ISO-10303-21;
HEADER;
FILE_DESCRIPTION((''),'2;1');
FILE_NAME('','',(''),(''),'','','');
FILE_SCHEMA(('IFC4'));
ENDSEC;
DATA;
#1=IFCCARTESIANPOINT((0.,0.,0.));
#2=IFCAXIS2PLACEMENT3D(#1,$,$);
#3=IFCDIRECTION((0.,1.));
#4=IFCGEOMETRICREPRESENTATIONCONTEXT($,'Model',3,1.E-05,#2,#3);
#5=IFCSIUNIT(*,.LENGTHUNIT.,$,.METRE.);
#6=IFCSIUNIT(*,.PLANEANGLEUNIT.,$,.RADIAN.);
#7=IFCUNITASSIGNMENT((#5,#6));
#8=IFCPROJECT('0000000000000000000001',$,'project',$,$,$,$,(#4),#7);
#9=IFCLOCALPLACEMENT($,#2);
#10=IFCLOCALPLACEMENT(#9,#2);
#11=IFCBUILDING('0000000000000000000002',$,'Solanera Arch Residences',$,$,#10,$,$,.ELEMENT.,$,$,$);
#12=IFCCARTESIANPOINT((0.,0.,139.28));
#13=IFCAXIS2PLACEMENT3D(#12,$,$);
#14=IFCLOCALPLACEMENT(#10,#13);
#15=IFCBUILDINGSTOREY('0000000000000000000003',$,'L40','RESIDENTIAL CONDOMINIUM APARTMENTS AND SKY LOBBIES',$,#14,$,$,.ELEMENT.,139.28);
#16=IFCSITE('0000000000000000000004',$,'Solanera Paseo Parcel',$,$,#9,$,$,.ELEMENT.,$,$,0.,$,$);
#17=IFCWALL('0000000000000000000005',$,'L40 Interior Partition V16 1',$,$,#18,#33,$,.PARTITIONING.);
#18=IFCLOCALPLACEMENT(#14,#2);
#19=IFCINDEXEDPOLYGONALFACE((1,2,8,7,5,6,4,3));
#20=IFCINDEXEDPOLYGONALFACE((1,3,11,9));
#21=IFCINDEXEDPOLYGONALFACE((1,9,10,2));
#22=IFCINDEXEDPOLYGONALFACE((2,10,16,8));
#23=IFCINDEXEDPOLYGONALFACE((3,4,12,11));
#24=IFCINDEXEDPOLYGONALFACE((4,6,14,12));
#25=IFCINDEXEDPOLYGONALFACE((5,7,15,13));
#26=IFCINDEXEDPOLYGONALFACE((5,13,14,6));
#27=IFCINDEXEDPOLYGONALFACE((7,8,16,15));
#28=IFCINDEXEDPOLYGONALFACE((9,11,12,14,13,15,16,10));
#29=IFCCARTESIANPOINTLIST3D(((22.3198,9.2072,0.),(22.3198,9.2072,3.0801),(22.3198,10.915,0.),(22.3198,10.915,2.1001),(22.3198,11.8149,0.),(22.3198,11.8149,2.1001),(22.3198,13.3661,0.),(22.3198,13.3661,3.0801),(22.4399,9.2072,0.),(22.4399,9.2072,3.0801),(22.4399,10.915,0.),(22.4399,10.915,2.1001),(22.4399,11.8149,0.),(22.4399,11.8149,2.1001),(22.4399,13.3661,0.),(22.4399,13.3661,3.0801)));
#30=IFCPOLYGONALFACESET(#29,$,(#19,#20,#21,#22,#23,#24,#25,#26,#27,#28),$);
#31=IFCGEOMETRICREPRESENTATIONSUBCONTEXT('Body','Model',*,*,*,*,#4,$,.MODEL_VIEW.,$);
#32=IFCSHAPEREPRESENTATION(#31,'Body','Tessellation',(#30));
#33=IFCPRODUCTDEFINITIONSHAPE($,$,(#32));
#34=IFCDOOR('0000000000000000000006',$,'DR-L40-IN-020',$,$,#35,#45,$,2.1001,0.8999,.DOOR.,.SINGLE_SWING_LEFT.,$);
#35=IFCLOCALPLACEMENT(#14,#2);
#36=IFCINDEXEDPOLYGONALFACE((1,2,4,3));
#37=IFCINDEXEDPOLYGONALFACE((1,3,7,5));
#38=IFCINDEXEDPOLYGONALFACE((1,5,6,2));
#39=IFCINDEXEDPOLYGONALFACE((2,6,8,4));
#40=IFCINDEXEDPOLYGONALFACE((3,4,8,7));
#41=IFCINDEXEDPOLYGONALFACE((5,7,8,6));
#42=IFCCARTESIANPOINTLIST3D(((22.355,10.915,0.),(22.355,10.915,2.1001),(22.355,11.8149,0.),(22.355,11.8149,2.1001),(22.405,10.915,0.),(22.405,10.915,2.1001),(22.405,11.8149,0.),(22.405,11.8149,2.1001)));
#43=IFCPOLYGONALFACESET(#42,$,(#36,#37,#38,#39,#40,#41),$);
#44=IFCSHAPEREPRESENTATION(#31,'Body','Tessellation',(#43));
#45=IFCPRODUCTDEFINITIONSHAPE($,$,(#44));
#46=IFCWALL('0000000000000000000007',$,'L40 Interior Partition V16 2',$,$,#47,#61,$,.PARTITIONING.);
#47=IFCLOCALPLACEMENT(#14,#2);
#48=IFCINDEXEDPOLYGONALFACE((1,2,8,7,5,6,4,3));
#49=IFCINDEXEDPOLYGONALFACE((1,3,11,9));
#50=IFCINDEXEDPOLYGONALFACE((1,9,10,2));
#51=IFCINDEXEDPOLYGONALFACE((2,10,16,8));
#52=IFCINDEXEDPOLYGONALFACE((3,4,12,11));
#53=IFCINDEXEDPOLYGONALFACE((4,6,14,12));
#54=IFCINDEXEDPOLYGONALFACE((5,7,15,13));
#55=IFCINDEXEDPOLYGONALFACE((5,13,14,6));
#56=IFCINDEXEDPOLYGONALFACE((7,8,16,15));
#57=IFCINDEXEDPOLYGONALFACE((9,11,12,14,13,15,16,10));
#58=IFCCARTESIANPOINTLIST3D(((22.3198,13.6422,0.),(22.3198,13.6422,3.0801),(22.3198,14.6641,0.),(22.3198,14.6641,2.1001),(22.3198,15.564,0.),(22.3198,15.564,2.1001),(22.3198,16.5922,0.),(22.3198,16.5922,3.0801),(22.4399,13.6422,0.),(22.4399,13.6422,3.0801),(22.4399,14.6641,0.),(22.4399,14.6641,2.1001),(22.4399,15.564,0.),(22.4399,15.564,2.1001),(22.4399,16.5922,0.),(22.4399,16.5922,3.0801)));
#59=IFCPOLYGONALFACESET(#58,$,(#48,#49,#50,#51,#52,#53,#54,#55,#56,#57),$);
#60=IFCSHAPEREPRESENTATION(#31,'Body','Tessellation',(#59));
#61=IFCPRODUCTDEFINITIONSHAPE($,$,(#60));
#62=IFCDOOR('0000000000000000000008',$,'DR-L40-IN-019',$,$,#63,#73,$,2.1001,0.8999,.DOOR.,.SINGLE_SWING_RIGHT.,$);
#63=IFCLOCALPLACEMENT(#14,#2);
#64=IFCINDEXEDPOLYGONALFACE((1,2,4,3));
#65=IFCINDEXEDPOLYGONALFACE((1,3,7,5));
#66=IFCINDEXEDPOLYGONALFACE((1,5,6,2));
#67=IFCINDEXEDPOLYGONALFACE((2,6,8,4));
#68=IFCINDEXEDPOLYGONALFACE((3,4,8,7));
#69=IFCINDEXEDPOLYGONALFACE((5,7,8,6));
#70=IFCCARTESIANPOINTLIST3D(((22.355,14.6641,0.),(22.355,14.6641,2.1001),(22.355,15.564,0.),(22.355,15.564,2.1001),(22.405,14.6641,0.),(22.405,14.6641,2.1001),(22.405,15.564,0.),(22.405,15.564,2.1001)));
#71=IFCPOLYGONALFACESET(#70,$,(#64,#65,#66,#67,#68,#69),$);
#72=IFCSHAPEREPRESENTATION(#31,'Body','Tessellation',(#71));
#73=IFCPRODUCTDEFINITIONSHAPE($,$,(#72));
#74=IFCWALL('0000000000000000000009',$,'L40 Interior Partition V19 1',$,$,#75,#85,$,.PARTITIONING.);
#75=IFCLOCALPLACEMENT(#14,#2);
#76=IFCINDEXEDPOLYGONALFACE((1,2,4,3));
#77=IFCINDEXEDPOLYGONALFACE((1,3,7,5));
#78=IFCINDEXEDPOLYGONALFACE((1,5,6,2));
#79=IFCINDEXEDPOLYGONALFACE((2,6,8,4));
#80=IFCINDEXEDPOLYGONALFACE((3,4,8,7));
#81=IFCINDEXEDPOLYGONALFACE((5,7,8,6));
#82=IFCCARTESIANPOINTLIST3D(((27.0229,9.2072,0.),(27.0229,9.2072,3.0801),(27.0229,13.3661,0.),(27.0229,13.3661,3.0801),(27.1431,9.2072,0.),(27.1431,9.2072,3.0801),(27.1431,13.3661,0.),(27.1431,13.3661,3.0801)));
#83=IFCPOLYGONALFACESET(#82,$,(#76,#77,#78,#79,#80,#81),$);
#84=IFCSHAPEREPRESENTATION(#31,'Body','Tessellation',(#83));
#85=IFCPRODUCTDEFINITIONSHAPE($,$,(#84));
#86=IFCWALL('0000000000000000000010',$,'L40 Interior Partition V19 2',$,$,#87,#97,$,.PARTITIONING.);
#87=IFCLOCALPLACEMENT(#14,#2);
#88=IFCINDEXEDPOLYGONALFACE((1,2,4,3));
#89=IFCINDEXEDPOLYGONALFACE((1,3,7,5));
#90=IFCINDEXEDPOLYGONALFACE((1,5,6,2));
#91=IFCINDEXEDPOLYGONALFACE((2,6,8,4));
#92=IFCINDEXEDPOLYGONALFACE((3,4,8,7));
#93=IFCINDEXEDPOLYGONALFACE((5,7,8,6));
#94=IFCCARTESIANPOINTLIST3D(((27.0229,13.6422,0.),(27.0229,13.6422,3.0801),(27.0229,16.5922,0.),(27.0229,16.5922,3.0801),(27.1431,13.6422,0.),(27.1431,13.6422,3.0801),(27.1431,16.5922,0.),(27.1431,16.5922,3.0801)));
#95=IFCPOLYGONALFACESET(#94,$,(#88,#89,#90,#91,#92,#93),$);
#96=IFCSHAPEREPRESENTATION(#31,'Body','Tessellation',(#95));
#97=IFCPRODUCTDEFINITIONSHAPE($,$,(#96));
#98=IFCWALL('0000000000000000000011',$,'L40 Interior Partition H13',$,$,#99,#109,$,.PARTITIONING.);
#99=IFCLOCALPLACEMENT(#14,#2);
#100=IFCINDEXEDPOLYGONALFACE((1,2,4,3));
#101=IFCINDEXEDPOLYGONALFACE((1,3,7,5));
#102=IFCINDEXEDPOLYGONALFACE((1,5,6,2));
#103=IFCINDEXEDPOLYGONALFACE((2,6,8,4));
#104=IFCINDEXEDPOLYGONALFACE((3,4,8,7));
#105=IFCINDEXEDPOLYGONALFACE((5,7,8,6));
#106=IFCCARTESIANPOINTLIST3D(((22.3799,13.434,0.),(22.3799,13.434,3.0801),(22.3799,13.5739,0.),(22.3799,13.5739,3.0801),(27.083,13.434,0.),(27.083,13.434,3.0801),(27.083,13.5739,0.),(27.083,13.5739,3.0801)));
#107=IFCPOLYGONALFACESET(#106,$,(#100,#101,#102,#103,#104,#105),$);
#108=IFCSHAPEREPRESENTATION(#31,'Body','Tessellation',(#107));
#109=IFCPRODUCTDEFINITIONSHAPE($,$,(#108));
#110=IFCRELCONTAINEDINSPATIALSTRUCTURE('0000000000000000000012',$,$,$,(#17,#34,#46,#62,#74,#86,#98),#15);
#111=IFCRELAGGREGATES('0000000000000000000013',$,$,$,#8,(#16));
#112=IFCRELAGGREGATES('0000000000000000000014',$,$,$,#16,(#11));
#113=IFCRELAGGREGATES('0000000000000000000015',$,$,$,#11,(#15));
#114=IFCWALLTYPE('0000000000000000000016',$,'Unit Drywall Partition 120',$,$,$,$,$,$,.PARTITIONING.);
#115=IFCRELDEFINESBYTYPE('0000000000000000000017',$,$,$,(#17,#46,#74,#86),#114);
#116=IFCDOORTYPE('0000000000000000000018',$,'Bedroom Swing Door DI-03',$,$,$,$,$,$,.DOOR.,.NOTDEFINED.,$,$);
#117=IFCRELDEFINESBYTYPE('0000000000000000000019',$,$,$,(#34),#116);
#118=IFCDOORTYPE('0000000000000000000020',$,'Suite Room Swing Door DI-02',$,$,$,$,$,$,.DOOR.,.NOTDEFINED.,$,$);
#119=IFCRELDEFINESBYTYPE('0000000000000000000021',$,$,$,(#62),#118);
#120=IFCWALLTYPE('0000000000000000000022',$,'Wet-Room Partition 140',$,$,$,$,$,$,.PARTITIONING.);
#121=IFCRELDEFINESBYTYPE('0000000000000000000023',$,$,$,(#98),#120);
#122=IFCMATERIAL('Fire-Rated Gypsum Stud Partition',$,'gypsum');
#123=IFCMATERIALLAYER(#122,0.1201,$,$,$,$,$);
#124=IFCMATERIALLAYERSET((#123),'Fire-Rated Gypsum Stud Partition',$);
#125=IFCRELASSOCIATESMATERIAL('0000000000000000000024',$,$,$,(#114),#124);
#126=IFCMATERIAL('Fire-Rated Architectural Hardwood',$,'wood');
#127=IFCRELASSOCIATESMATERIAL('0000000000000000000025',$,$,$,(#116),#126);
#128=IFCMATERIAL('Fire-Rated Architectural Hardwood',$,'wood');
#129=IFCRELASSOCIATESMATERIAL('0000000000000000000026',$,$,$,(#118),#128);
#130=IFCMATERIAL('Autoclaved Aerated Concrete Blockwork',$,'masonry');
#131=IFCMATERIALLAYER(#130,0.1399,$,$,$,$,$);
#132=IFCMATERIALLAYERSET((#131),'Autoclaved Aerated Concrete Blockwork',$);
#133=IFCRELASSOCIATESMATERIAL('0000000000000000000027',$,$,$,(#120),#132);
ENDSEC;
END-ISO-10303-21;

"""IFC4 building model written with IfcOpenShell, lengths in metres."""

from ifc_helpers import new_model, si_unit, direction, frame, frame_2d, origin, place, context, subcontext, project, spatial, rectangle, extrude, material, layer, layer_set, type_object, element, fill, save


model = new_model("IFC4")

# Units and contexts
model_context = context("Model", 3, precision=1e-05, world=origin(), true_north=direction((0.0, 1.0)))
body_context = subcontext(model_context, "Body", "Model", "MODEL_VIEW")
ifc_project = project(units=[si_unit("LENGTHUNIT", "METRE"), si_unit("PLANEANGLEUNIT", "RADIAN")], contexts=[model_context])

# Site, building, storey
site_placement = place(None, origin())
site = spatial("IfcSite", under=ifc_project, at=site_placement, Name="Solanera Paseo Parcel", CompositionType="ELEMENT", RefElevation=0.0)
building_placement = place(site_placement, origin())
building = spatial("IfcBuilding", under=site, at=building_placement, Name="Solanera Arch Residences", CompositionType="ELEMENT")
storey_placement = place(building_placement, frame((0.0, 0.0, 139.28)))
storey = spatial("IfcBuildingStorey", under=building, at=storey_placement, Name="L40", Description="RESIDENTIAL CONDOMINIUM APARTMENTS AND SKY LOBBIES", CompositionType="ELEMENT", Elevation=139.28)

# Walls, openings, doors
ifc_material_1 = material(Name="Fire-Rated Gypsum Stud Partition", Category="gypsum")
ifc_layer_1 = layer(ifc_material_1, 0.1201)
ifc_layer_set_1 = layer_set([ifc_layer_1], Name="Fire-Rated Gypsum Stud Partition")
wall_type_1 = type_object("IfcWallType", Name="Unit Drywall Partition 120", PredefinedType="PARTITIONING", material=ifc_layer_set_1)
wall_1_placement = place(storey_placement, frame((22.3799, 9.207, 0.0), z_axis=(0.0, 0.0, 1.0), x_axis=(0.0, 1.0, 0.0)))
wall_1 = element("IfcWall", 1, at=wall_1_placement, inside=storey, type_object=wall_type_1, Name="L40 Interior Partition V16 1", PredefinedType="PARTITIONING", context=body_context, shape_type="SweptSolid", body=[
    extrude(rectangle(XDim=4.1589, YDim=0.1201, at=frame_2d((2.0796, 0.0))), origin(), (0.0, 0.0, 1.0), 3.0801),
])
opening_1_placement = place(wall_1_placement, frame((1.708, 0.0, 0.0)))
opening_1 = element("IfcOpeningElement", 2, at=opening_1_placement, cuts=wall_1, PredefinedType="OPENING", context=body_context, shape_type="SweptSolid", body=[
    extrude(rectangle(XDim=0.8999, YDim=2.1001, at=frame_2d((0.45, 1.05))), frame((0.0, 0.0701, 0.0), z_axis=(0.0, -1.0, 0.0), x_axis=(1.0, 0.0, 0.0)), (0.0, 0.0, 1.0), 0.1401),
])
ifc_material_2 = material(Name="Fire-Rated Architectural Hardwood", Category="wood")
door_type_1 = type_object("IfcDoorType", Name="Bedroom Swing Door DI-03", OperationType="NOTDEFINED", PredefinedType="DOOR", material=ifc_material_2)
door_1_placement = place(opening_1_placement, origin())
door_1 = element("IfcDoor", 3, at=door_1_placement, inside=storey, type_object=door_type_1, Name="DR-L40-IN-020", OperationType="SINGLE_SWING_LEFT", OverallHeight=2.1001, OverallWidth=0.8999, PredefinedType="DOOR", context=body_context, shape_type="SweptSolid", body=[
    extrude(rectangle(XDim=0.8999, YDim=2.1001, at=frame_2d((0.45, 1.05))), frame((0.0, 0.0249, 0.0), z_axis=(0.0, -1.0, 0.0), x_axis=(1.0, 0.0, 0.0)), (0.0, 0.0, 1.0), 0.05),
])
fill(opening_1, door_1)
wall_2_placement = place(storey_placement, frame((22.3799, 13.6421, 0.0), z_axis=(0.0, 0.0, 1.0), x_axis=(0.0, 1.0, 0.0)))
wall_2 = element("IfcWall", 4, at=wall_2_placement, inside=storey, type_object=wall_type_1, Name="L40 Interior Partition V16 2", PredefinedType="PARTITIONING", context=body_context, shape_type="SweptSolid", body=[
    extrude(rectangle(XDim=2.95, YDim=0.1201, at=frame_2d((1.4751, 0.0))), origin(), (0.0, 0.0, 1.0), 3.0801),
])
opening_2_placement = place(wall_2_placement, frame((1.022, 0.0, 0.0)))
opening_2 = element("IfcOpeningElement", 5, at=opening_2_placement, cuts=wall_2, PredefinedType="OPENING", context=body_context, shape_type="SweptSolid", body=[
    extrude(rectangle(XDim=0.8999, YDim=2.1001, at=frame_2d((0.45, 1.05))), frame((0.0, 0.0701, 0.0), z_axis=(0.0, -1.0, 0.0), x_axis=(1.0, 0.0, 0.0)), (0.0, 0.0, 1.0), 0.1401),
])
ifc_material_3 = material(Name="Fire-Rated Architectural Hardwood", Category="wood")
door_type_2 = type_object("IfcDoorType", Name="Suite Room Swing Door DI-02", OperationType="NOTDEFINED", PredefinedType="DOOR", material=ifc_material_3)
door_2_placement = place(opening_2_placement, origin())
door_2 = element("IfcDoor", 6, at=door_2_placement, inside=storey, type_object=door_type_2, Name="DR-L40-IN-019", OperationType="SINGLE_SWING_RIGHT", OverallHeight=2.1001, OverallWidth=0.8999, PredefinedType="DOOR", context=body_context, shape_type="SweptSolid", body=[
    extrude(rectangle(XDim=0.8999, YDim=2.1001, at=frame_2d((0.45, 1.05))), frame((0.0, 0.0249, 0.0), z_axis=(0.0, -1.0, 0.0), x_axis=(1.0, 0.0, 0.0)), (0.0, 0.0, 1.0), 0.05),
])
fill(opening_2, door_2)

# Walls
wall_3_placement = place(storey_placement, frame((27.083, 9.207, 0.0), z_axis=(0.0, 0.0, 1.0), x_axis=(0.0, 1.0, 0.0)))
element("IfcWall", 7, at=wall_3_placement, inside=storey, type_object=wall_type_1, Name="L40 Interior Partition V19 1", PredefinedType="PARTITIONING", context=body_context, shape_type="SweptSolid", body=[
    extrude(rectangle(XDim=4.1589, YDim=0.1201, at=frame_2d((2.0796, 0.0))), origin(), (0.0, 0.0, 1.0), 3.0801),
])
wall_4_placement = place(storey_placement, frame((27.083, 13.6421, 0.0), z_axis=(0.0, 0.0, 1.0), x_axis=(0.0, 1.0, 0.0)))
element("IfcWall", 8, at=wall_4_placement, inside=storey, type_object=wall_type_1, Name="L40 Interior Partition V19 2", PredefinedType="PARTITIONING", context=body_context, shape_type="SweptSolid", body=[
    extrude(rectangle(XDim=2.95, YDim=0.1201, at=frame_2d((1.4751, 0.0))), origin(), (0.0, 0.0, 1.0), 3.0801),
])
ifc_material_4 = material(Name="Autoclaved Aerated Concrete Blockwork", Category="masonry")
ifc_layer_2 = layer(ifc_material_4, 0.1399)
ifc_layer_set_2 = layer_set([ifc_layer_2], Name="Autoclaved Aerated Concrete Blockwork")
wall_type_2 = type_object("IfcWallType", Name="Wet-Room Partition 140", PredefinedType="PARTITIONING", material=ifc_layer_set_2)
wall_5_placement = place(storey_placement, frame((22.3799, 13.5039, 0.0), z_axis=(0.0, 0.0, 1.0), x_axis=(1.0, 0.0, 0.0)))
element("IfcWall", 9, at=wall_5_placement, inside=storey, type_object=wall_type_2, Name="L40 Interior Partition H13", PredefinedType="PARTITIONING", context=body_context, shape_type="SweptSolid", body=[
    extrude(rectangle(XDim=4.7031, YDim=0.1399, at=frame_2d((2.3516, 0.0))), origin(), (0.0, 0.0, 1.0), 3.0801),
])

save(model, "model.ifc")
